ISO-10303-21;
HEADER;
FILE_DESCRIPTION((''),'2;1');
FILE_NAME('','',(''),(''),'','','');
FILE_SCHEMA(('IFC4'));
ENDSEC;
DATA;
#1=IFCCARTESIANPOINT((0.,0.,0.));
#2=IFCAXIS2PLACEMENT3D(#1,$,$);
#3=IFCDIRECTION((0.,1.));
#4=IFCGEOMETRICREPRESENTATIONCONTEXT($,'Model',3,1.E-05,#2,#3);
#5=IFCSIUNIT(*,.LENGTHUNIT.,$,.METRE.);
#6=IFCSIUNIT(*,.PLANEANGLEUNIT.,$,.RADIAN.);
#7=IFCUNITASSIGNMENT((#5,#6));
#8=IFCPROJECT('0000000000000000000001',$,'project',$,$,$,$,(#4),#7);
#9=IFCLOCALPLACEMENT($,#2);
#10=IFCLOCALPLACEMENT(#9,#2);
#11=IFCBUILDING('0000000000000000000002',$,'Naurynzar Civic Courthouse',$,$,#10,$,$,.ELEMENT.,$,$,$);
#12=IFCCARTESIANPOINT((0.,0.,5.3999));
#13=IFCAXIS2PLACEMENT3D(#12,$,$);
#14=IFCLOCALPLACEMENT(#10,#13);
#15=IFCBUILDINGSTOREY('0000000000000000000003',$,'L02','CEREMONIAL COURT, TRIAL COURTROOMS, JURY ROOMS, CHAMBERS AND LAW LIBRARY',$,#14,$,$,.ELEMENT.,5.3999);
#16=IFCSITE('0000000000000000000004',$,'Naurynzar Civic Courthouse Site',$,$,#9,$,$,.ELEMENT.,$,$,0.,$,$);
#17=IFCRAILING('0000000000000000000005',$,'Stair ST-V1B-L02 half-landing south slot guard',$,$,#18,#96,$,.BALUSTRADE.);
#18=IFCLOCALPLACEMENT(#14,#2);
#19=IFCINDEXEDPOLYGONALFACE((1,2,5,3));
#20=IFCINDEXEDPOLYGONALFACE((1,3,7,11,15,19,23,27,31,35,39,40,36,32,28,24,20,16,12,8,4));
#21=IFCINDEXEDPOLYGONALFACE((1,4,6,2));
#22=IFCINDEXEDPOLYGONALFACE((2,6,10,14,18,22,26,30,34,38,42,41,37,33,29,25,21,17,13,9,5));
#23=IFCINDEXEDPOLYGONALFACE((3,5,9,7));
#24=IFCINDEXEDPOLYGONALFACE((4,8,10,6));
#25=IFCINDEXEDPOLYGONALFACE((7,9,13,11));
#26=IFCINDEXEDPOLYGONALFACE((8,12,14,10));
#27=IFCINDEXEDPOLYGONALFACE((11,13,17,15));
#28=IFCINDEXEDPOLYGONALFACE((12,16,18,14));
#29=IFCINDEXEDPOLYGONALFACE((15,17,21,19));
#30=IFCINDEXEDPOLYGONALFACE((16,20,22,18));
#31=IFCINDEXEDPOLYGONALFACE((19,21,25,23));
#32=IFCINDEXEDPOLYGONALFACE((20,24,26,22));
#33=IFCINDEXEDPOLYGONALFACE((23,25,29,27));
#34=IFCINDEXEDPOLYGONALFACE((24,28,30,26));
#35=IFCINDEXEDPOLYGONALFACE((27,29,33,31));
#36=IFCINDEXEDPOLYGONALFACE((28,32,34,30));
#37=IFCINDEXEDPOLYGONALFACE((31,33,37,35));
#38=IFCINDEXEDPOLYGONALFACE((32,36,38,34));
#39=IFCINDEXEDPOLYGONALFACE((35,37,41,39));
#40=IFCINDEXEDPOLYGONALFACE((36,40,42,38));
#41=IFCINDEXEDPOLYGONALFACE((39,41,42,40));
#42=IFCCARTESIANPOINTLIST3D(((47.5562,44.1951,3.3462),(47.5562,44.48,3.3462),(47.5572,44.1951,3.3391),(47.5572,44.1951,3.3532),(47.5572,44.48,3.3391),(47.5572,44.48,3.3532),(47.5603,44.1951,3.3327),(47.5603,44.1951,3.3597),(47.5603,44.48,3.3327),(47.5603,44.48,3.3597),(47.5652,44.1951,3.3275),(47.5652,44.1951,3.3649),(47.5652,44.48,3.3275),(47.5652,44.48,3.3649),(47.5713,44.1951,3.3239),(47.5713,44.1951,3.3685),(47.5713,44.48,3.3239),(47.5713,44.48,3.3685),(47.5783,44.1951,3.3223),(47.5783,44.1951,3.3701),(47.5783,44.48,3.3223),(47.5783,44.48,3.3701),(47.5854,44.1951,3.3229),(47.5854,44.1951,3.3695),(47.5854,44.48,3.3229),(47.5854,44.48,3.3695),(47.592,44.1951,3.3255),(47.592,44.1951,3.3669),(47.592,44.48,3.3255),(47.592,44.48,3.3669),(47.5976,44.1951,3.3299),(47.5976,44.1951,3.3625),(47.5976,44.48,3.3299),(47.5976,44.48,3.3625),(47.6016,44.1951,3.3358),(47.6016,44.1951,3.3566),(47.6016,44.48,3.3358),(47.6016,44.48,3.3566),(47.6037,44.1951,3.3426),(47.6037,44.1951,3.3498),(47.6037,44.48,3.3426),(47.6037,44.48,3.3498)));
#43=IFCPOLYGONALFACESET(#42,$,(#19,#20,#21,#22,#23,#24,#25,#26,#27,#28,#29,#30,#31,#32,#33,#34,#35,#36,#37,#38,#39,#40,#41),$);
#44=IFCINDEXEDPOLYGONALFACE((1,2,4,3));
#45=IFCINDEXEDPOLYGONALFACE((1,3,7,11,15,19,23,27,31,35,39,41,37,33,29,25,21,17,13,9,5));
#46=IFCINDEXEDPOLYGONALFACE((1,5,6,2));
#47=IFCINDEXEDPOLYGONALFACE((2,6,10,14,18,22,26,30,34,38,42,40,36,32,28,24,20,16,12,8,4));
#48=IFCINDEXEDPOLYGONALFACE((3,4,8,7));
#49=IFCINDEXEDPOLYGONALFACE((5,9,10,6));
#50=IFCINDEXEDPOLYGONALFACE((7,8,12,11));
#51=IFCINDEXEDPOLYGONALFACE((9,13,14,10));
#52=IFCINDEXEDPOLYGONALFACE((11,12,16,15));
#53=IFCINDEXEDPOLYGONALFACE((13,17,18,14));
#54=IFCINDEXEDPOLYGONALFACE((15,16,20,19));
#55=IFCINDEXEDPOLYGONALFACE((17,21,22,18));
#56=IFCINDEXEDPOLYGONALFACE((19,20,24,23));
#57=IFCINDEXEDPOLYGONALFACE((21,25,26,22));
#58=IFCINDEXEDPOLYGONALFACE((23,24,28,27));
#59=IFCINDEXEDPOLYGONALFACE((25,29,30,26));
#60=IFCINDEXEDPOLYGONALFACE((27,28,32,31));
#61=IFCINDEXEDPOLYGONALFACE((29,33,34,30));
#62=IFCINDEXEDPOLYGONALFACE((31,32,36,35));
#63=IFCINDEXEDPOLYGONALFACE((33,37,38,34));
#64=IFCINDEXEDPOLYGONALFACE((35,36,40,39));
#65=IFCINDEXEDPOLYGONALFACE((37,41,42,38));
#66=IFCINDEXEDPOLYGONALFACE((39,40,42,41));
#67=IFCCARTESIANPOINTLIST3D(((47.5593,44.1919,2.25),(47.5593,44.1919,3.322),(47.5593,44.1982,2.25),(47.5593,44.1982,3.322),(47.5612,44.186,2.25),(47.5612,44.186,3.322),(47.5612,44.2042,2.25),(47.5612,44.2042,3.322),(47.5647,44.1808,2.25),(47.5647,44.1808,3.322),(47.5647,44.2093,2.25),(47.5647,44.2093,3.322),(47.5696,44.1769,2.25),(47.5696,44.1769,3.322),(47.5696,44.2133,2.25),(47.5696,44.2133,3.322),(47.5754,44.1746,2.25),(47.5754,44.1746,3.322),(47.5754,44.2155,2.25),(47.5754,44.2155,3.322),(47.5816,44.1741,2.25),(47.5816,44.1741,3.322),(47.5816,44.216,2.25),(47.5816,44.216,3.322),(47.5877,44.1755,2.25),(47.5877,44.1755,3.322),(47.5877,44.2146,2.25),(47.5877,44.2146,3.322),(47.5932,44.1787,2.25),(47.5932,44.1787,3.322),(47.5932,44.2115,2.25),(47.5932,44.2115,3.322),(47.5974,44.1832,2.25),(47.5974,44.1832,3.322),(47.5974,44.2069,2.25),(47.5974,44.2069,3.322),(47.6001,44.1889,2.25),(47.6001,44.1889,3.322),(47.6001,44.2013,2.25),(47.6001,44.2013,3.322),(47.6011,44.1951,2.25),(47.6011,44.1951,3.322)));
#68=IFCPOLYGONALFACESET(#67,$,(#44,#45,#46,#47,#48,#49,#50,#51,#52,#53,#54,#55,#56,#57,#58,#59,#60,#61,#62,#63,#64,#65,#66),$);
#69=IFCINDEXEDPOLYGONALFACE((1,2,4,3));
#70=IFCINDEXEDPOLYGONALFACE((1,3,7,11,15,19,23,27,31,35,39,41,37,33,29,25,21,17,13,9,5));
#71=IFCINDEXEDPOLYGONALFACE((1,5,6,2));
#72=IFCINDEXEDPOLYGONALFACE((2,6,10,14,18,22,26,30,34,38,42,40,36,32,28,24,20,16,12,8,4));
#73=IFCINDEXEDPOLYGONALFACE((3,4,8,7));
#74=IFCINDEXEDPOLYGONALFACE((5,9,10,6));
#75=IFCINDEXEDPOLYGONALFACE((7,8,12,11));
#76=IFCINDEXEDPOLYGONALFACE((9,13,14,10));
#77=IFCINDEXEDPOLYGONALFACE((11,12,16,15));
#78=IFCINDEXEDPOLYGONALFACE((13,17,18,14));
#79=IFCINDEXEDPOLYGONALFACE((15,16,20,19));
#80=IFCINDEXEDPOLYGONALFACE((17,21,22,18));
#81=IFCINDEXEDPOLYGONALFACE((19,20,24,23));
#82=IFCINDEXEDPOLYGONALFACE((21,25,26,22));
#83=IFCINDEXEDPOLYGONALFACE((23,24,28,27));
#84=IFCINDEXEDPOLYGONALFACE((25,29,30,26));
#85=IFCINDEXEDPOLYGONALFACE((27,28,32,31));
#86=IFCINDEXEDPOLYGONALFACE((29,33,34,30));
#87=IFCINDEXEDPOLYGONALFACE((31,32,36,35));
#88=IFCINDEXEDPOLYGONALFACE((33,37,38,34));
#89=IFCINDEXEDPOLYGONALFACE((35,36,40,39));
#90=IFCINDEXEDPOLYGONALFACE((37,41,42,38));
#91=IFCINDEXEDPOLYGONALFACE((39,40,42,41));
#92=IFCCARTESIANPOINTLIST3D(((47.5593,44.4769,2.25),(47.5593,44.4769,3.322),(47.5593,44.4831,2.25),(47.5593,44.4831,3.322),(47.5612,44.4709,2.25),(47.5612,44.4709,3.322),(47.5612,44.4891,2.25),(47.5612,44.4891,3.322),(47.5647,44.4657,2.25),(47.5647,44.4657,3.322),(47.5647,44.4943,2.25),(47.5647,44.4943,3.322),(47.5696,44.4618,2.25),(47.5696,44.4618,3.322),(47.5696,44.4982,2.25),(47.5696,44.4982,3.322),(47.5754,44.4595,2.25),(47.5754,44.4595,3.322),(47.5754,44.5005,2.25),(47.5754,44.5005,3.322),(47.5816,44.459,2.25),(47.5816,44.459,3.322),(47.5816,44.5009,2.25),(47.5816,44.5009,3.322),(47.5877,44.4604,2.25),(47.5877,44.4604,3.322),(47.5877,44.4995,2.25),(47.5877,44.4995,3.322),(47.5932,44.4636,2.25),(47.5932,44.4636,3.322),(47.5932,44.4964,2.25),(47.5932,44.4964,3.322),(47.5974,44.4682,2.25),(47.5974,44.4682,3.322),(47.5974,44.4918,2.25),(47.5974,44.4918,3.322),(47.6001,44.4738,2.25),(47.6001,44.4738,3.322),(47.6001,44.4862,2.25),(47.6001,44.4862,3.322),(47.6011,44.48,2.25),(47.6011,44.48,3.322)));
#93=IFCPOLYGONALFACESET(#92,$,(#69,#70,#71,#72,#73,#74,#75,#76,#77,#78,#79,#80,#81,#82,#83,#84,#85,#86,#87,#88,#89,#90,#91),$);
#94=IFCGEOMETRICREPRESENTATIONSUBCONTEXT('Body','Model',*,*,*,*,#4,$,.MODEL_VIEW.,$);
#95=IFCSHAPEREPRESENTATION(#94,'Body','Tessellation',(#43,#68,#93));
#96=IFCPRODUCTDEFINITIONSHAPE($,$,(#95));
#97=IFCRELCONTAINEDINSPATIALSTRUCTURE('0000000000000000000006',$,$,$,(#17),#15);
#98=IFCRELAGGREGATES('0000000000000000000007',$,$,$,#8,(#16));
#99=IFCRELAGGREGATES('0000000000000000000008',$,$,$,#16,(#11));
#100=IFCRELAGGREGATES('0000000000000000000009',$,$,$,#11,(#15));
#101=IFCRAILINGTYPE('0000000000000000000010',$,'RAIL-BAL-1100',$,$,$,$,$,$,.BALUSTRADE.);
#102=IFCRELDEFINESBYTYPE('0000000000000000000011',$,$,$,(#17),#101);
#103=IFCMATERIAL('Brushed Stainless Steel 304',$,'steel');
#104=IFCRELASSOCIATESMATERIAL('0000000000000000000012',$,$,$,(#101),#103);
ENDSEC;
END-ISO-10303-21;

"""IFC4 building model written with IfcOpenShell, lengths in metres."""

from ifc_helpers import new_model, si_unit, direction, frame, origin, origin_2d, place, context, subcontext, project, spatial, circle, extrude, material, type_object, element, save


model = new_model("IFC4")

# Units and contexts
model_context = context("Model", 3, precision=1e-05, world=origin(), true_north=direction((0.0, 1.0)))
body_context = subcontext(model_context, "Body", "Model", "MODEL_VIEW")
ifc_project = project(units=[si_unit("LENGTHUNIT", "METRE"), si_unit("PLANEANGLEUNIT", "RADIAN")], contexts=[model_context])

# Site, building, storey
site_placement = place(None, origin())
site = spatial("IfcSite", under=ifc_project, at=site_placement, Name="Naurynzar Civic Courthouse Site", CompositionType="ELEMENT", RefElevation=0.0)
building_placement = place(site_placement, origin())
building = spatial("IfcBuilding", under=site, at=building_placement, Name="Naurynzar Civic Courthouse", CompositionType="ELEMENT")
storey_placement = place(building_placement, frame((0.0, 0.0, 5.3999)))
storey = spatial("IfcBuildingStorey", under=building, at=storey_placement, Name="L02", Description="CEREMONIAL COURT, TRIAL COURTROOMS, JURY ROOMS, CHAMBERS AND LAW LIBRARY", CompositionType="ELEMENT", Elevation=5.3999)

# Railing
ifc_material_1 = material(Name="Brushed Stainless Steel 304", Category="steel")
railing_type_1 = type_object("IfcRailingType", Name="RAIL-BAL-1100", PredefinedType="BALUSTRADE", material=ifc_material_1)
railing_1_placement = place(storey_placement, frame((47.5801, 44.1951, 2.25)))
element("IfcRailing", 1, at=railing_1_placement, inside=storey, type_object=railing_type_1, Name="Stair ST-V1B-L02 half-landing south slot guard", PredefinedType="BALUSTRADE", context=body_context, shape_type="SweptSolid", body=[
    extrude(circle(Radius=0.0239, at=origin_2d()), frame((0.0, 0.0, 1.0962), z_axis=(0.0, 1.0, 0.0), x_axis=(-1.0, 0.0, 0.0)), (0.0, 0.0, 1.0), 0.2849),
    extrude(circle(Radius=0.021, at=origin_2d()), origin(), (0.0, 0.0, 1.0), 1.072),
    extrude(circle(Radius=0.021, at=origin_2d()), frame((0.0, 0.2849, 0.0)), (0.0, 0.0, 1.0), 1.072),
])

save(model, "model.ifc")
